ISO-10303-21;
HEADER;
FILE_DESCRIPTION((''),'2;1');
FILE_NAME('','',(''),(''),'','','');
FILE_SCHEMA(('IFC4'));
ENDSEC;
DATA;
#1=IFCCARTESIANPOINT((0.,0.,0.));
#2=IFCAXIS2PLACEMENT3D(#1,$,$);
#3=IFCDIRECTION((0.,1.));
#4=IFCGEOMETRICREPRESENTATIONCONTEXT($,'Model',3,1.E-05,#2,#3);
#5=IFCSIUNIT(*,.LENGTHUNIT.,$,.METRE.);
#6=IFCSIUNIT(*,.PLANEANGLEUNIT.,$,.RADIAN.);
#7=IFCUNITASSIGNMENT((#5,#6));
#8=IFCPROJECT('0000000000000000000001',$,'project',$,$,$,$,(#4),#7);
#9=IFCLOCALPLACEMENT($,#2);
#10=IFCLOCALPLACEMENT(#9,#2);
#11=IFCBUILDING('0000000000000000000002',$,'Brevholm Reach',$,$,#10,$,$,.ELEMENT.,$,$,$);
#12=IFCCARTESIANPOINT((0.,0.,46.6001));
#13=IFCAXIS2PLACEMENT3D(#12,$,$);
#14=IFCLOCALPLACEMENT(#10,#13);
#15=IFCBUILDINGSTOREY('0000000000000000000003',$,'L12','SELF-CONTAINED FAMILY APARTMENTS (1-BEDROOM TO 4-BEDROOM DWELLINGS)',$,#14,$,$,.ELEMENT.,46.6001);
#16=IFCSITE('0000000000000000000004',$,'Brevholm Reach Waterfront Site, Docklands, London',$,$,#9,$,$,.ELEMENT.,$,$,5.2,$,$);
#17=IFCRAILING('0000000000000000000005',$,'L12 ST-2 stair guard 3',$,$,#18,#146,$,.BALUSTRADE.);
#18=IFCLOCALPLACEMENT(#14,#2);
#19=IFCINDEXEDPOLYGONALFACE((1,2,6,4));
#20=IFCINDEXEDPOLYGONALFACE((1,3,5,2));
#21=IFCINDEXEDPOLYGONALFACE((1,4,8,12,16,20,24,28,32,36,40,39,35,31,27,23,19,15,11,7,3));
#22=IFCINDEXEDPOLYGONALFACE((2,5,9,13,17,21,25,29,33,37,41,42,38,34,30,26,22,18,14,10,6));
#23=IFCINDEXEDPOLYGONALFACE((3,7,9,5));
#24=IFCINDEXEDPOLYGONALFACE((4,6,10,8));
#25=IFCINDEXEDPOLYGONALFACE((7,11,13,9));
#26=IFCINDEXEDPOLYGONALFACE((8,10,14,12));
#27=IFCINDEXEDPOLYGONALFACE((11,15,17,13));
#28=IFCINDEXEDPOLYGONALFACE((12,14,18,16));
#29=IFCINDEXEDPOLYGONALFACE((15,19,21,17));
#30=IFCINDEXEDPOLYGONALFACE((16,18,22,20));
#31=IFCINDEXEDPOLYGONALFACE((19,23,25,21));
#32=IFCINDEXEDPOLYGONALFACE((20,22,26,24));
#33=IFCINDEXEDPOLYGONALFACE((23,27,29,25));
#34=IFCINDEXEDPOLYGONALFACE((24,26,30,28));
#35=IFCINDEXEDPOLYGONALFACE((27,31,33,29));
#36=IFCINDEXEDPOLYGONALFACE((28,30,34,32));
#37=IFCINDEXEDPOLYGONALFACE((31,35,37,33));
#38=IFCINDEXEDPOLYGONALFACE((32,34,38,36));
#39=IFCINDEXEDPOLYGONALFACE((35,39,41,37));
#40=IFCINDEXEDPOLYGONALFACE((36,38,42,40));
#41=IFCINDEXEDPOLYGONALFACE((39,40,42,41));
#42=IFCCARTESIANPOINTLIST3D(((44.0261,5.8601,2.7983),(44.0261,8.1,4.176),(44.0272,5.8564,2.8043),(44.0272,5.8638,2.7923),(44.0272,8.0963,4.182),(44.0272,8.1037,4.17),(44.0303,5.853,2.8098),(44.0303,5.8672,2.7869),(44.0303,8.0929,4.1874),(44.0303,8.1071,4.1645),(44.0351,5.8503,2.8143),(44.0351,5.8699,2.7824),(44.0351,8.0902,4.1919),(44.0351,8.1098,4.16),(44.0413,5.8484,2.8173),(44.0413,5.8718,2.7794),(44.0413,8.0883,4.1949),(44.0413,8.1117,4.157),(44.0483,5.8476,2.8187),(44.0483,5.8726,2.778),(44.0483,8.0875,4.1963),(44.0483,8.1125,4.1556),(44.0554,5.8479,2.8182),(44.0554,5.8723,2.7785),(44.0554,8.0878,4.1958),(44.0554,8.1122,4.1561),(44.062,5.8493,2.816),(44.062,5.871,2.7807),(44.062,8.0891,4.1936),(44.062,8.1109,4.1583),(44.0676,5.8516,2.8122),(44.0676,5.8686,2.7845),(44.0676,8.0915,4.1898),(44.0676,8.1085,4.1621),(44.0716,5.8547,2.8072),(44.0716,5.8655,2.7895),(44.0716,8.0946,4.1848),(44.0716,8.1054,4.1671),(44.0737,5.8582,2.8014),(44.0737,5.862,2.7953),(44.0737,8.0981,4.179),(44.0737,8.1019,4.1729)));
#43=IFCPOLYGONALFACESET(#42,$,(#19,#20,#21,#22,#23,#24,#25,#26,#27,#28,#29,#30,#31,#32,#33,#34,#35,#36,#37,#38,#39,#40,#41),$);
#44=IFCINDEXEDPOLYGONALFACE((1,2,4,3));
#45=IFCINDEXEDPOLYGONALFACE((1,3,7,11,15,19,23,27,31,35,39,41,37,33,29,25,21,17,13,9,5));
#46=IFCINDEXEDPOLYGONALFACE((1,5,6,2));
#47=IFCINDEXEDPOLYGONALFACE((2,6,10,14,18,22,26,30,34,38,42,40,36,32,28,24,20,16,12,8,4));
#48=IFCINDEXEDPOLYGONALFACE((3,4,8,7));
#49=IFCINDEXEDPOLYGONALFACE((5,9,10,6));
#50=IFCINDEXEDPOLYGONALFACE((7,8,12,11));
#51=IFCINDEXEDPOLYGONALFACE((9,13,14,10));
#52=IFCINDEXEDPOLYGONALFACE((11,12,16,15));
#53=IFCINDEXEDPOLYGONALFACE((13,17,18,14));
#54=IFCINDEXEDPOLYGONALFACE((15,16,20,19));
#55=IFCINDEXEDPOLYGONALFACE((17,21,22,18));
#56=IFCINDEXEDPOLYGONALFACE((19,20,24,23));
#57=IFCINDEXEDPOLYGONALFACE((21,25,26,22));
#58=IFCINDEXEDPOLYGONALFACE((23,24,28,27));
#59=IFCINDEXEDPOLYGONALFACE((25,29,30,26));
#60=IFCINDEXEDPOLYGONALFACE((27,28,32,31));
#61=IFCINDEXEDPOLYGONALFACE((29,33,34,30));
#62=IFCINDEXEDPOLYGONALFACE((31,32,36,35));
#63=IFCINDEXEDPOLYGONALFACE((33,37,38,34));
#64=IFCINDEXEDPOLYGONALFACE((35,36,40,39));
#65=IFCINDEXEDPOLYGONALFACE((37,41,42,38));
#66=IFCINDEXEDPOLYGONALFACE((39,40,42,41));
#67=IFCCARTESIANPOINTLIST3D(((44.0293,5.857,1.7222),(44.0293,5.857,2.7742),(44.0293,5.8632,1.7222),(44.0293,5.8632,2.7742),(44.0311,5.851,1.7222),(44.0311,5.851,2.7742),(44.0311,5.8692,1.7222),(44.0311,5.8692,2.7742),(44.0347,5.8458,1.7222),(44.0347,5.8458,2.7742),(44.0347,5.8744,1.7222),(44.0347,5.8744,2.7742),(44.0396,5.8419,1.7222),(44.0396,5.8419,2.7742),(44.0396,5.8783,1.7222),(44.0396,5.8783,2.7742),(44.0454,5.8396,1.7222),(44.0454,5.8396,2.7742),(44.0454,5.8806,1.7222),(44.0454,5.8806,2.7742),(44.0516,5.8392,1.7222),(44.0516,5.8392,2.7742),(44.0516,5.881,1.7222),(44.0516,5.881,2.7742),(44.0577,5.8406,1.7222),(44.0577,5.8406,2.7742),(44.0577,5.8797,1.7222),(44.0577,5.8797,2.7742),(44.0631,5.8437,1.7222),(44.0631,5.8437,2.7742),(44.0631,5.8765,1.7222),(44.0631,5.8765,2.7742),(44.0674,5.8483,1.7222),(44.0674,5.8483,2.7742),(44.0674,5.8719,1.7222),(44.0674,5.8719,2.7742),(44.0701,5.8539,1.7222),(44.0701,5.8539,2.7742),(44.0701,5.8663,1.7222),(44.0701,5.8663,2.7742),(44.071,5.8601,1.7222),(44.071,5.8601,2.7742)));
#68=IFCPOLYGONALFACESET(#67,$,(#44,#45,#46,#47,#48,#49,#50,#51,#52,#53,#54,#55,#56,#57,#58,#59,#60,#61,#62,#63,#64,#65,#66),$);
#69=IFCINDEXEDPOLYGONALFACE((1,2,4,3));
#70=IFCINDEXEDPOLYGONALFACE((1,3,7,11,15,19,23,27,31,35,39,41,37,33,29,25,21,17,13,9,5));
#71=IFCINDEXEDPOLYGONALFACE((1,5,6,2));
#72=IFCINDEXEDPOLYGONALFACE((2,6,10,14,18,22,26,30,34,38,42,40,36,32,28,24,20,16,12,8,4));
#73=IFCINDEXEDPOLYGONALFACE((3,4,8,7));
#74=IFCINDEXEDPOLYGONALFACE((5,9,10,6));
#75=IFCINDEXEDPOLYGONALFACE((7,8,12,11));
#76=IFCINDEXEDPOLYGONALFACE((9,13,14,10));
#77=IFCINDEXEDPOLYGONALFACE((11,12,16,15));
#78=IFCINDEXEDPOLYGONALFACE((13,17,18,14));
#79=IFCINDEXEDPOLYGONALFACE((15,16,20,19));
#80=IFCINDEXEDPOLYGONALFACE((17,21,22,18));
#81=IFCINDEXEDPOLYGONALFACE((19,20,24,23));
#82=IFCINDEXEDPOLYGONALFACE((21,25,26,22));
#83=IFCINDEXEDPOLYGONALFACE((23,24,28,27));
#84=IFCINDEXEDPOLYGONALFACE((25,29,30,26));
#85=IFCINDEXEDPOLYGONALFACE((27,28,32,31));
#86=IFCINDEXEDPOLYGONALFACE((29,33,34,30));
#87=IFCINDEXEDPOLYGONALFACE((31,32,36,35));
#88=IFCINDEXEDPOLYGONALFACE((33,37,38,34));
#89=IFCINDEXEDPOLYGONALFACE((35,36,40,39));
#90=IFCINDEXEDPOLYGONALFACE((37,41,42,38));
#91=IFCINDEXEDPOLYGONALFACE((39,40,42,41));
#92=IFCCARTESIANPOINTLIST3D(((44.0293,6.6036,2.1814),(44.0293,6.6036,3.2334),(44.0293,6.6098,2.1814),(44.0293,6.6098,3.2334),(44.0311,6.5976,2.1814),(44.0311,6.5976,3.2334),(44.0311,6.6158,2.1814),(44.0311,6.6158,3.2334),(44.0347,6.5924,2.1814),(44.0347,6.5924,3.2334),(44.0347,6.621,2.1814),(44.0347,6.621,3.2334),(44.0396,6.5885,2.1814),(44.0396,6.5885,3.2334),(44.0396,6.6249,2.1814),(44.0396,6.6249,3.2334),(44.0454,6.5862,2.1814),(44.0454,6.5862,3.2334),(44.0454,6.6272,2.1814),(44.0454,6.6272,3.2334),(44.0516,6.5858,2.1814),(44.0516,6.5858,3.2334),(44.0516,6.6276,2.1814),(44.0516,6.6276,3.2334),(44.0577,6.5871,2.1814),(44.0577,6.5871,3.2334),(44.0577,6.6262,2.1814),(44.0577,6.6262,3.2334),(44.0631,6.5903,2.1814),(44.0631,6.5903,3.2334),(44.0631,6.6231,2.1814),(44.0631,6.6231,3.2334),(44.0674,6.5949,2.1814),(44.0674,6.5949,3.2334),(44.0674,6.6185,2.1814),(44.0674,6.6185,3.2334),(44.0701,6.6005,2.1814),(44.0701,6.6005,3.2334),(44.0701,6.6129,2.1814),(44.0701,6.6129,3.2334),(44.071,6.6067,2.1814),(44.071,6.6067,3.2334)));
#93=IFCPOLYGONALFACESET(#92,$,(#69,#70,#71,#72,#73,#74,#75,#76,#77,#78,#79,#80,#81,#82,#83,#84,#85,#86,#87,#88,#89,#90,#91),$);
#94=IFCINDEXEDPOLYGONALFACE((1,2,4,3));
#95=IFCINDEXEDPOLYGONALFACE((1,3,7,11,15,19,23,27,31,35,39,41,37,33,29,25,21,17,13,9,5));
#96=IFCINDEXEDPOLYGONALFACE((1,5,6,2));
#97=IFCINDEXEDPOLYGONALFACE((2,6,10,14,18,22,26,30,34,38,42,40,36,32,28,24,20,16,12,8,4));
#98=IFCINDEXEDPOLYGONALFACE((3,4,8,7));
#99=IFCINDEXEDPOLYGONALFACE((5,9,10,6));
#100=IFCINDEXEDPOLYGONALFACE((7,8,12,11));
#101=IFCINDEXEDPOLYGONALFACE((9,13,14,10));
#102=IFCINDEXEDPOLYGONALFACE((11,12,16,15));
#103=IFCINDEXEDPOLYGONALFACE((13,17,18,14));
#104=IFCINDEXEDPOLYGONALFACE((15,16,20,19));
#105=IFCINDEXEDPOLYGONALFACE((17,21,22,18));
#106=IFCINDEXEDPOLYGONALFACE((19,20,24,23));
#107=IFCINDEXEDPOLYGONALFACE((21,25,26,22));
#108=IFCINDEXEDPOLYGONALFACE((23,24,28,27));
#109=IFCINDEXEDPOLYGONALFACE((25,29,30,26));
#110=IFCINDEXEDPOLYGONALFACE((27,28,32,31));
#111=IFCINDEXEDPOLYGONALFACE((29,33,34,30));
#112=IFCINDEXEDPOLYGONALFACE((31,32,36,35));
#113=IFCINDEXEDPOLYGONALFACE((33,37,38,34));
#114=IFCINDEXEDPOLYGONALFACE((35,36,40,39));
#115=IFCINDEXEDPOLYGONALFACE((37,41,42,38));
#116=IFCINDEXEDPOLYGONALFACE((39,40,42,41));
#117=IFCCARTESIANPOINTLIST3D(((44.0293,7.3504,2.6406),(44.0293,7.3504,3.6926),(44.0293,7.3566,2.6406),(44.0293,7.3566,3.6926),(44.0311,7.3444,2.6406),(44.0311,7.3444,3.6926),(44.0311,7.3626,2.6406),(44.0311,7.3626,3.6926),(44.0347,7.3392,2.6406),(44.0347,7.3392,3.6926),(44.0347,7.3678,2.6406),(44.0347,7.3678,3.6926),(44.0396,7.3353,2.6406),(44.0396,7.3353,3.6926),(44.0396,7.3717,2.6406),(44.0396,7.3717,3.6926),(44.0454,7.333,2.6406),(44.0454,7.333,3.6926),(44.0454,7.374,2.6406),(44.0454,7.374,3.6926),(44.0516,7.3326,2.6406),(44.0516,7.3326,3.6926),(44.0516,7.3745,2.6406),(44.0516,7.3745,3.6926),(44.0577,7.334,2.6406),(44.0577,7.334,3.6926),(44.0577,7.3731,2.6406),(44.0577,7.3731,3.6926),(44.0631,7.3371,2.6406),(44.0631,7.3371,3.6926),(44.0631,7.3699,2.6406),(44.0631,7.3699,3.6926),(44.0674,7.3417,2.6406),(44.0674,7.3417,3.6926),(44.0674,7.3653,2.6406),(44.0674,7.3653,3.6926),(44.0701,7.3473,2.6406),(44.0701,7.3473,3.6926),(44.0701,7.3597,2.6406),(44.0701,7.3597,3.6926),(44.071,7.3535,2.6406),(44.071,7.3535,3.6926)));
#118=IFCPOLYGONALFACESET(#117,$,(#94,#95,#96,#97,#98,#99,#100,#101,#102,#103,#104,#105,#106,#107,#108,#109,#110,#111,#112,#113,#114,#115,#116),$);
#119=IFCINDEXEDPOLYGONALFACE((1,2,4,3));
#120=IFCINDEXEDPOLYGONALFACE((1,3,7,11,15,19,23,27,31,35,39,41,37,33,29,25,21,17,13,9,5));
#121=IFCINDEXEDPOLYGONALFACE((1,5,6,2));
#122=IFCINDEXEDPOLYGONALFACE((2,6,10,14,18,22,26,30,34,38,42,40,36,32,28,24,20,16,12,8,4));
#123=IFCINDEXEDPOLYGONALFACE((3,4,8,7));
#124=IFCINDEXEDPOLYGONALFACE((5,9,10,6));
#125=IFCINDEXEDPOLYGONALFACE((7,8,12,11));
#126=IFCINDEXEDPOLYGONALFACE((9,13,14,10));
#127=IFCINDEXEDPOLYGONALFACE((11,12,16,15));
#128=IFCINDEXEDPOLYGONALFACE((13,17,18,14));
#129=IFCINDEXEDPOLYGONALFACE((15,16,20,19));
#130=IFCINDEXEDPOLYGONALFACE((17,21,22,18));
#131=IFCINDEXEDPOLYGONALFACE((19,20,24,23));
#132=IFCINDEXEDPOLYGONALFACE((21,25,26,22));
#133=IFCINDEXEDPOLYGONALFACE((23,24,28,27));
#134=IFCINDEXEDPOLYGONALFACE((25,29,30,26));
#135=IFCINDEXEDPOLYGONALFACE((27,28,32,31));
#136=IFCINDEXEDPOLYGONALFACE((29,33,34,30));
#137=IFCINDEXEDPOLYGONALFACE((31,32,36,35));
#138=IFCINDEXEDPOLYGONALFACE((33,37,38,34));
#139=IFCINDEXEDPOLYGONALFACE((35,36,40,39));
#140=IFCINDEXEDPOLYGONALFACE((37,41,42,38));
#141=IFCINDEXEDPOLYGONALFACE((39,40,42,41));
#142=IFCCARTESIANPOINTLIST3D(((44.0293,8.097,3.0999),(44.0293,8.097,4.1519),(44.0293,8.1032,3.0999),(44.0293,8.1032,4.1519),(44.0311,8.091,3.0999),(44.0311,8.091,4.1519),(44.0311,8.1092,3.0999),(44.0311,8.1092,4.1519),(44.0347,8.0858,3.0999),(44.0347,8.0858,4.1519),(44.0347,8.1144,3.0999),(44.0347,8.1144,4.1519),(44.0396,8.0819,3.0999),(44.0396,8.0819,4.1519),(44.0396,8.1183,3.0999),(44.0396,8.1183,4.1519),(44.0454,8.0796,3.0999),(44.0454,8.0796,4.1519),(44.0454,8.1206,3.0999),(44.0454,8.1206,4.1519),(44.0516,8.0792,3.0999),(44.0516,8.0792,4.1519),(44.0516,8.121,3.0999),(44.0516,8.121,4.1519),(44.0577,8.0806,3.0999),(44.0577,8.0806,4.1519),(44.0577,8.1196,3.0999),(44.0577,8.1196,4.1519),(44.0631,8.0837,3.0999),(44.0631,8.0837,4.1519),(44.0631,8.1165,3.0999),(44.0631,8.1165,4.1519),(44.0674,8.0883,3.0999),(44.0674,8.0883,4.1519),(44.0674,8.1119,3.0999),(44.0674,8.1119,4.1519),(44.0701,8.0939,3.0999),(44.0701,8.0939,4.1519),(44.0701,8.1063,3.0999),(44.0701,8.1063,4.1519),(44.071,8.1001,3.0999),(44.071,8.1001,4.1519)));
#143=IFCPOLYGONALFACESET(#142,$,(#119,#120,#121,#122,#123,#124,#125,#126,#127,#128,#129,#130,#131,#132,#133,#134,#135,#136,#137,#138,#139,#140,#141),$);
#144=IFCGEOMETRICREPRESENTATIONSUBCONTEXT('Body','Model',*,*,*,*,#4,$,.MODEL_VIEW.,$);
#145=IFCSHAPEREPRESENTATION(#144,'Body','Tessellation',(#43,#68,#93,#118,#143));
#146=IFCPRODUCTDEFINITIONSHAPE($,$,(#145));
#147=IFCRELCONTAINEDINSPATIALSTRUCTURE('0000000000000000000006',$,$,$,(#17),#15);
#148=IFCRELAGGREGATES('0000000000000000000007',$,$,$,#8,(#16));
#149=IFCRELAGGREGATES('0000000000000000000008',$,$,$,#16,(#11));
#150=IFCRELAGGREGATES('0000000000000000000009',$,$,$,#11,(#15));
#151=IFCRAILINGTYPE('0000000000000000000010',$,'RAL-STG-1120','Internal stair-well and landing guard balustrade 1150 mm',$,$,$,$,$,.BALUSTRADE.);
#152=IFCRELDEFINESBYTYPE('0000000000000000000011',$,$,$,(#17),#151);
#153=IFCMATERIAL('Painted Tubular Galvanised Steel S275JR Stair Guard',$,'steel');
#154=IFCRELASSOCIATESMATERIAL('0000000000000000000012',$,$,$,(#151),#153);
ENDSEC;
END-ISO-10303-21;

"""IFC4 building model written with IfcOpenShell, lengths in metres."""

from ifc_helpers import new_model, si_unit, direction, frame, origin, origin_2d, place, context, subcontext, project, spatial, circle, extrude, material, type_object, element, save


model = new_model("IFC4")

# Units and contexts
model_context = context("Model", 3, precision=1e-05, world=origin(), true_north=direction((0.0, 1.0)))
body_context = subcontext(model_context, "Body", "Model", "MODEL_VIEW")
ifc_project = project(units=[si_unit("LENGTHUNIT", "METRE"), si_unit("PLANEANGLEUNIT", "RADIAN")], contexts=[model_context])

# Site, building, storey
site_placement = place(None, origin())
site = spatial("IfcSite", under=ifc_project, at=site_placement, Name="Brevholm Reach Waterfront Site, Docklands, London", CompositionType="ELEMENT", RefElevation=5.2)
building_placement = place(site_placement, origin())
building = spatial("IfcBuilding", under=site, at=building_placement, Name="Brevholm Reach", CompositionType="ELEMENT")
storey_placement = place(building_placement, frame((0.0, 0.0, 46.6001)))
storey = spatial("IfcBuildingStorey", under=building, at=storey_placement, Name="L12", Description="SELF-CONTAINED FAMILY APARTMENTS (1-BEDROOM TO 4-BEDROOM DWELLINGS)", CompositionType="ELEMENT", Elevation=46.6001)

# Railing
ifc_material_1 = material(Name="Painted Tubular Galvanised Steel S275JR Stair Guard", Category="steel")
railing_type_1 = type_object("IfcRailingType", Name="RAL-STG-1120", Description="Internal stair-well and landing guard balustrade 1150 mm", PredefinedType="BALUSTRADE", material=ifc_material_1)
railing_1_placement = place(storey_placement, frame((44.05, 5.8601, 1.7222)))
element("IfcRailing", 1, at=railing_1_placement, inside=storey, type_object=railing_type_1, Name="L12 ST-2 stair guard 3", PredefinedType="BALUSTRADE", context=body_context, shape_type="SweptSolid", body=[
    extrude(circle(Radius=0.0239, at=origin_2d()), frame((0.0, 0.0, 1.0762), z_axis=(0.0, 0.851789, 0.523885), x_axis=(-1.0, 0.0, 0.0)), (0.0, 0.0, 1.0), 2.6296),
    extrude(circle(Radius=0.021, at=origin_2d()), origin(), (0.0, 0.0, 1.0), 1.052),
    extrude(circle(Radius=0.021, at=origin_2d()), frame((0.0, 0.7466, 0.4592)), (0.0, 0.0, 1.0), 1.052),
    extrude(circle(Radius=0.021, at=origin_2d()), frame((0.0, 1.4934, 0.9185)), (0.0, 0.0, 1.0), 1.052),
    extrude(circle(Radius=0.021, at=origin_2d()), frame((0.0, 2.24, 1.3777)), (0.0, 0.0, 1.0), 1.052),
])

save(model, "model.ifc")
